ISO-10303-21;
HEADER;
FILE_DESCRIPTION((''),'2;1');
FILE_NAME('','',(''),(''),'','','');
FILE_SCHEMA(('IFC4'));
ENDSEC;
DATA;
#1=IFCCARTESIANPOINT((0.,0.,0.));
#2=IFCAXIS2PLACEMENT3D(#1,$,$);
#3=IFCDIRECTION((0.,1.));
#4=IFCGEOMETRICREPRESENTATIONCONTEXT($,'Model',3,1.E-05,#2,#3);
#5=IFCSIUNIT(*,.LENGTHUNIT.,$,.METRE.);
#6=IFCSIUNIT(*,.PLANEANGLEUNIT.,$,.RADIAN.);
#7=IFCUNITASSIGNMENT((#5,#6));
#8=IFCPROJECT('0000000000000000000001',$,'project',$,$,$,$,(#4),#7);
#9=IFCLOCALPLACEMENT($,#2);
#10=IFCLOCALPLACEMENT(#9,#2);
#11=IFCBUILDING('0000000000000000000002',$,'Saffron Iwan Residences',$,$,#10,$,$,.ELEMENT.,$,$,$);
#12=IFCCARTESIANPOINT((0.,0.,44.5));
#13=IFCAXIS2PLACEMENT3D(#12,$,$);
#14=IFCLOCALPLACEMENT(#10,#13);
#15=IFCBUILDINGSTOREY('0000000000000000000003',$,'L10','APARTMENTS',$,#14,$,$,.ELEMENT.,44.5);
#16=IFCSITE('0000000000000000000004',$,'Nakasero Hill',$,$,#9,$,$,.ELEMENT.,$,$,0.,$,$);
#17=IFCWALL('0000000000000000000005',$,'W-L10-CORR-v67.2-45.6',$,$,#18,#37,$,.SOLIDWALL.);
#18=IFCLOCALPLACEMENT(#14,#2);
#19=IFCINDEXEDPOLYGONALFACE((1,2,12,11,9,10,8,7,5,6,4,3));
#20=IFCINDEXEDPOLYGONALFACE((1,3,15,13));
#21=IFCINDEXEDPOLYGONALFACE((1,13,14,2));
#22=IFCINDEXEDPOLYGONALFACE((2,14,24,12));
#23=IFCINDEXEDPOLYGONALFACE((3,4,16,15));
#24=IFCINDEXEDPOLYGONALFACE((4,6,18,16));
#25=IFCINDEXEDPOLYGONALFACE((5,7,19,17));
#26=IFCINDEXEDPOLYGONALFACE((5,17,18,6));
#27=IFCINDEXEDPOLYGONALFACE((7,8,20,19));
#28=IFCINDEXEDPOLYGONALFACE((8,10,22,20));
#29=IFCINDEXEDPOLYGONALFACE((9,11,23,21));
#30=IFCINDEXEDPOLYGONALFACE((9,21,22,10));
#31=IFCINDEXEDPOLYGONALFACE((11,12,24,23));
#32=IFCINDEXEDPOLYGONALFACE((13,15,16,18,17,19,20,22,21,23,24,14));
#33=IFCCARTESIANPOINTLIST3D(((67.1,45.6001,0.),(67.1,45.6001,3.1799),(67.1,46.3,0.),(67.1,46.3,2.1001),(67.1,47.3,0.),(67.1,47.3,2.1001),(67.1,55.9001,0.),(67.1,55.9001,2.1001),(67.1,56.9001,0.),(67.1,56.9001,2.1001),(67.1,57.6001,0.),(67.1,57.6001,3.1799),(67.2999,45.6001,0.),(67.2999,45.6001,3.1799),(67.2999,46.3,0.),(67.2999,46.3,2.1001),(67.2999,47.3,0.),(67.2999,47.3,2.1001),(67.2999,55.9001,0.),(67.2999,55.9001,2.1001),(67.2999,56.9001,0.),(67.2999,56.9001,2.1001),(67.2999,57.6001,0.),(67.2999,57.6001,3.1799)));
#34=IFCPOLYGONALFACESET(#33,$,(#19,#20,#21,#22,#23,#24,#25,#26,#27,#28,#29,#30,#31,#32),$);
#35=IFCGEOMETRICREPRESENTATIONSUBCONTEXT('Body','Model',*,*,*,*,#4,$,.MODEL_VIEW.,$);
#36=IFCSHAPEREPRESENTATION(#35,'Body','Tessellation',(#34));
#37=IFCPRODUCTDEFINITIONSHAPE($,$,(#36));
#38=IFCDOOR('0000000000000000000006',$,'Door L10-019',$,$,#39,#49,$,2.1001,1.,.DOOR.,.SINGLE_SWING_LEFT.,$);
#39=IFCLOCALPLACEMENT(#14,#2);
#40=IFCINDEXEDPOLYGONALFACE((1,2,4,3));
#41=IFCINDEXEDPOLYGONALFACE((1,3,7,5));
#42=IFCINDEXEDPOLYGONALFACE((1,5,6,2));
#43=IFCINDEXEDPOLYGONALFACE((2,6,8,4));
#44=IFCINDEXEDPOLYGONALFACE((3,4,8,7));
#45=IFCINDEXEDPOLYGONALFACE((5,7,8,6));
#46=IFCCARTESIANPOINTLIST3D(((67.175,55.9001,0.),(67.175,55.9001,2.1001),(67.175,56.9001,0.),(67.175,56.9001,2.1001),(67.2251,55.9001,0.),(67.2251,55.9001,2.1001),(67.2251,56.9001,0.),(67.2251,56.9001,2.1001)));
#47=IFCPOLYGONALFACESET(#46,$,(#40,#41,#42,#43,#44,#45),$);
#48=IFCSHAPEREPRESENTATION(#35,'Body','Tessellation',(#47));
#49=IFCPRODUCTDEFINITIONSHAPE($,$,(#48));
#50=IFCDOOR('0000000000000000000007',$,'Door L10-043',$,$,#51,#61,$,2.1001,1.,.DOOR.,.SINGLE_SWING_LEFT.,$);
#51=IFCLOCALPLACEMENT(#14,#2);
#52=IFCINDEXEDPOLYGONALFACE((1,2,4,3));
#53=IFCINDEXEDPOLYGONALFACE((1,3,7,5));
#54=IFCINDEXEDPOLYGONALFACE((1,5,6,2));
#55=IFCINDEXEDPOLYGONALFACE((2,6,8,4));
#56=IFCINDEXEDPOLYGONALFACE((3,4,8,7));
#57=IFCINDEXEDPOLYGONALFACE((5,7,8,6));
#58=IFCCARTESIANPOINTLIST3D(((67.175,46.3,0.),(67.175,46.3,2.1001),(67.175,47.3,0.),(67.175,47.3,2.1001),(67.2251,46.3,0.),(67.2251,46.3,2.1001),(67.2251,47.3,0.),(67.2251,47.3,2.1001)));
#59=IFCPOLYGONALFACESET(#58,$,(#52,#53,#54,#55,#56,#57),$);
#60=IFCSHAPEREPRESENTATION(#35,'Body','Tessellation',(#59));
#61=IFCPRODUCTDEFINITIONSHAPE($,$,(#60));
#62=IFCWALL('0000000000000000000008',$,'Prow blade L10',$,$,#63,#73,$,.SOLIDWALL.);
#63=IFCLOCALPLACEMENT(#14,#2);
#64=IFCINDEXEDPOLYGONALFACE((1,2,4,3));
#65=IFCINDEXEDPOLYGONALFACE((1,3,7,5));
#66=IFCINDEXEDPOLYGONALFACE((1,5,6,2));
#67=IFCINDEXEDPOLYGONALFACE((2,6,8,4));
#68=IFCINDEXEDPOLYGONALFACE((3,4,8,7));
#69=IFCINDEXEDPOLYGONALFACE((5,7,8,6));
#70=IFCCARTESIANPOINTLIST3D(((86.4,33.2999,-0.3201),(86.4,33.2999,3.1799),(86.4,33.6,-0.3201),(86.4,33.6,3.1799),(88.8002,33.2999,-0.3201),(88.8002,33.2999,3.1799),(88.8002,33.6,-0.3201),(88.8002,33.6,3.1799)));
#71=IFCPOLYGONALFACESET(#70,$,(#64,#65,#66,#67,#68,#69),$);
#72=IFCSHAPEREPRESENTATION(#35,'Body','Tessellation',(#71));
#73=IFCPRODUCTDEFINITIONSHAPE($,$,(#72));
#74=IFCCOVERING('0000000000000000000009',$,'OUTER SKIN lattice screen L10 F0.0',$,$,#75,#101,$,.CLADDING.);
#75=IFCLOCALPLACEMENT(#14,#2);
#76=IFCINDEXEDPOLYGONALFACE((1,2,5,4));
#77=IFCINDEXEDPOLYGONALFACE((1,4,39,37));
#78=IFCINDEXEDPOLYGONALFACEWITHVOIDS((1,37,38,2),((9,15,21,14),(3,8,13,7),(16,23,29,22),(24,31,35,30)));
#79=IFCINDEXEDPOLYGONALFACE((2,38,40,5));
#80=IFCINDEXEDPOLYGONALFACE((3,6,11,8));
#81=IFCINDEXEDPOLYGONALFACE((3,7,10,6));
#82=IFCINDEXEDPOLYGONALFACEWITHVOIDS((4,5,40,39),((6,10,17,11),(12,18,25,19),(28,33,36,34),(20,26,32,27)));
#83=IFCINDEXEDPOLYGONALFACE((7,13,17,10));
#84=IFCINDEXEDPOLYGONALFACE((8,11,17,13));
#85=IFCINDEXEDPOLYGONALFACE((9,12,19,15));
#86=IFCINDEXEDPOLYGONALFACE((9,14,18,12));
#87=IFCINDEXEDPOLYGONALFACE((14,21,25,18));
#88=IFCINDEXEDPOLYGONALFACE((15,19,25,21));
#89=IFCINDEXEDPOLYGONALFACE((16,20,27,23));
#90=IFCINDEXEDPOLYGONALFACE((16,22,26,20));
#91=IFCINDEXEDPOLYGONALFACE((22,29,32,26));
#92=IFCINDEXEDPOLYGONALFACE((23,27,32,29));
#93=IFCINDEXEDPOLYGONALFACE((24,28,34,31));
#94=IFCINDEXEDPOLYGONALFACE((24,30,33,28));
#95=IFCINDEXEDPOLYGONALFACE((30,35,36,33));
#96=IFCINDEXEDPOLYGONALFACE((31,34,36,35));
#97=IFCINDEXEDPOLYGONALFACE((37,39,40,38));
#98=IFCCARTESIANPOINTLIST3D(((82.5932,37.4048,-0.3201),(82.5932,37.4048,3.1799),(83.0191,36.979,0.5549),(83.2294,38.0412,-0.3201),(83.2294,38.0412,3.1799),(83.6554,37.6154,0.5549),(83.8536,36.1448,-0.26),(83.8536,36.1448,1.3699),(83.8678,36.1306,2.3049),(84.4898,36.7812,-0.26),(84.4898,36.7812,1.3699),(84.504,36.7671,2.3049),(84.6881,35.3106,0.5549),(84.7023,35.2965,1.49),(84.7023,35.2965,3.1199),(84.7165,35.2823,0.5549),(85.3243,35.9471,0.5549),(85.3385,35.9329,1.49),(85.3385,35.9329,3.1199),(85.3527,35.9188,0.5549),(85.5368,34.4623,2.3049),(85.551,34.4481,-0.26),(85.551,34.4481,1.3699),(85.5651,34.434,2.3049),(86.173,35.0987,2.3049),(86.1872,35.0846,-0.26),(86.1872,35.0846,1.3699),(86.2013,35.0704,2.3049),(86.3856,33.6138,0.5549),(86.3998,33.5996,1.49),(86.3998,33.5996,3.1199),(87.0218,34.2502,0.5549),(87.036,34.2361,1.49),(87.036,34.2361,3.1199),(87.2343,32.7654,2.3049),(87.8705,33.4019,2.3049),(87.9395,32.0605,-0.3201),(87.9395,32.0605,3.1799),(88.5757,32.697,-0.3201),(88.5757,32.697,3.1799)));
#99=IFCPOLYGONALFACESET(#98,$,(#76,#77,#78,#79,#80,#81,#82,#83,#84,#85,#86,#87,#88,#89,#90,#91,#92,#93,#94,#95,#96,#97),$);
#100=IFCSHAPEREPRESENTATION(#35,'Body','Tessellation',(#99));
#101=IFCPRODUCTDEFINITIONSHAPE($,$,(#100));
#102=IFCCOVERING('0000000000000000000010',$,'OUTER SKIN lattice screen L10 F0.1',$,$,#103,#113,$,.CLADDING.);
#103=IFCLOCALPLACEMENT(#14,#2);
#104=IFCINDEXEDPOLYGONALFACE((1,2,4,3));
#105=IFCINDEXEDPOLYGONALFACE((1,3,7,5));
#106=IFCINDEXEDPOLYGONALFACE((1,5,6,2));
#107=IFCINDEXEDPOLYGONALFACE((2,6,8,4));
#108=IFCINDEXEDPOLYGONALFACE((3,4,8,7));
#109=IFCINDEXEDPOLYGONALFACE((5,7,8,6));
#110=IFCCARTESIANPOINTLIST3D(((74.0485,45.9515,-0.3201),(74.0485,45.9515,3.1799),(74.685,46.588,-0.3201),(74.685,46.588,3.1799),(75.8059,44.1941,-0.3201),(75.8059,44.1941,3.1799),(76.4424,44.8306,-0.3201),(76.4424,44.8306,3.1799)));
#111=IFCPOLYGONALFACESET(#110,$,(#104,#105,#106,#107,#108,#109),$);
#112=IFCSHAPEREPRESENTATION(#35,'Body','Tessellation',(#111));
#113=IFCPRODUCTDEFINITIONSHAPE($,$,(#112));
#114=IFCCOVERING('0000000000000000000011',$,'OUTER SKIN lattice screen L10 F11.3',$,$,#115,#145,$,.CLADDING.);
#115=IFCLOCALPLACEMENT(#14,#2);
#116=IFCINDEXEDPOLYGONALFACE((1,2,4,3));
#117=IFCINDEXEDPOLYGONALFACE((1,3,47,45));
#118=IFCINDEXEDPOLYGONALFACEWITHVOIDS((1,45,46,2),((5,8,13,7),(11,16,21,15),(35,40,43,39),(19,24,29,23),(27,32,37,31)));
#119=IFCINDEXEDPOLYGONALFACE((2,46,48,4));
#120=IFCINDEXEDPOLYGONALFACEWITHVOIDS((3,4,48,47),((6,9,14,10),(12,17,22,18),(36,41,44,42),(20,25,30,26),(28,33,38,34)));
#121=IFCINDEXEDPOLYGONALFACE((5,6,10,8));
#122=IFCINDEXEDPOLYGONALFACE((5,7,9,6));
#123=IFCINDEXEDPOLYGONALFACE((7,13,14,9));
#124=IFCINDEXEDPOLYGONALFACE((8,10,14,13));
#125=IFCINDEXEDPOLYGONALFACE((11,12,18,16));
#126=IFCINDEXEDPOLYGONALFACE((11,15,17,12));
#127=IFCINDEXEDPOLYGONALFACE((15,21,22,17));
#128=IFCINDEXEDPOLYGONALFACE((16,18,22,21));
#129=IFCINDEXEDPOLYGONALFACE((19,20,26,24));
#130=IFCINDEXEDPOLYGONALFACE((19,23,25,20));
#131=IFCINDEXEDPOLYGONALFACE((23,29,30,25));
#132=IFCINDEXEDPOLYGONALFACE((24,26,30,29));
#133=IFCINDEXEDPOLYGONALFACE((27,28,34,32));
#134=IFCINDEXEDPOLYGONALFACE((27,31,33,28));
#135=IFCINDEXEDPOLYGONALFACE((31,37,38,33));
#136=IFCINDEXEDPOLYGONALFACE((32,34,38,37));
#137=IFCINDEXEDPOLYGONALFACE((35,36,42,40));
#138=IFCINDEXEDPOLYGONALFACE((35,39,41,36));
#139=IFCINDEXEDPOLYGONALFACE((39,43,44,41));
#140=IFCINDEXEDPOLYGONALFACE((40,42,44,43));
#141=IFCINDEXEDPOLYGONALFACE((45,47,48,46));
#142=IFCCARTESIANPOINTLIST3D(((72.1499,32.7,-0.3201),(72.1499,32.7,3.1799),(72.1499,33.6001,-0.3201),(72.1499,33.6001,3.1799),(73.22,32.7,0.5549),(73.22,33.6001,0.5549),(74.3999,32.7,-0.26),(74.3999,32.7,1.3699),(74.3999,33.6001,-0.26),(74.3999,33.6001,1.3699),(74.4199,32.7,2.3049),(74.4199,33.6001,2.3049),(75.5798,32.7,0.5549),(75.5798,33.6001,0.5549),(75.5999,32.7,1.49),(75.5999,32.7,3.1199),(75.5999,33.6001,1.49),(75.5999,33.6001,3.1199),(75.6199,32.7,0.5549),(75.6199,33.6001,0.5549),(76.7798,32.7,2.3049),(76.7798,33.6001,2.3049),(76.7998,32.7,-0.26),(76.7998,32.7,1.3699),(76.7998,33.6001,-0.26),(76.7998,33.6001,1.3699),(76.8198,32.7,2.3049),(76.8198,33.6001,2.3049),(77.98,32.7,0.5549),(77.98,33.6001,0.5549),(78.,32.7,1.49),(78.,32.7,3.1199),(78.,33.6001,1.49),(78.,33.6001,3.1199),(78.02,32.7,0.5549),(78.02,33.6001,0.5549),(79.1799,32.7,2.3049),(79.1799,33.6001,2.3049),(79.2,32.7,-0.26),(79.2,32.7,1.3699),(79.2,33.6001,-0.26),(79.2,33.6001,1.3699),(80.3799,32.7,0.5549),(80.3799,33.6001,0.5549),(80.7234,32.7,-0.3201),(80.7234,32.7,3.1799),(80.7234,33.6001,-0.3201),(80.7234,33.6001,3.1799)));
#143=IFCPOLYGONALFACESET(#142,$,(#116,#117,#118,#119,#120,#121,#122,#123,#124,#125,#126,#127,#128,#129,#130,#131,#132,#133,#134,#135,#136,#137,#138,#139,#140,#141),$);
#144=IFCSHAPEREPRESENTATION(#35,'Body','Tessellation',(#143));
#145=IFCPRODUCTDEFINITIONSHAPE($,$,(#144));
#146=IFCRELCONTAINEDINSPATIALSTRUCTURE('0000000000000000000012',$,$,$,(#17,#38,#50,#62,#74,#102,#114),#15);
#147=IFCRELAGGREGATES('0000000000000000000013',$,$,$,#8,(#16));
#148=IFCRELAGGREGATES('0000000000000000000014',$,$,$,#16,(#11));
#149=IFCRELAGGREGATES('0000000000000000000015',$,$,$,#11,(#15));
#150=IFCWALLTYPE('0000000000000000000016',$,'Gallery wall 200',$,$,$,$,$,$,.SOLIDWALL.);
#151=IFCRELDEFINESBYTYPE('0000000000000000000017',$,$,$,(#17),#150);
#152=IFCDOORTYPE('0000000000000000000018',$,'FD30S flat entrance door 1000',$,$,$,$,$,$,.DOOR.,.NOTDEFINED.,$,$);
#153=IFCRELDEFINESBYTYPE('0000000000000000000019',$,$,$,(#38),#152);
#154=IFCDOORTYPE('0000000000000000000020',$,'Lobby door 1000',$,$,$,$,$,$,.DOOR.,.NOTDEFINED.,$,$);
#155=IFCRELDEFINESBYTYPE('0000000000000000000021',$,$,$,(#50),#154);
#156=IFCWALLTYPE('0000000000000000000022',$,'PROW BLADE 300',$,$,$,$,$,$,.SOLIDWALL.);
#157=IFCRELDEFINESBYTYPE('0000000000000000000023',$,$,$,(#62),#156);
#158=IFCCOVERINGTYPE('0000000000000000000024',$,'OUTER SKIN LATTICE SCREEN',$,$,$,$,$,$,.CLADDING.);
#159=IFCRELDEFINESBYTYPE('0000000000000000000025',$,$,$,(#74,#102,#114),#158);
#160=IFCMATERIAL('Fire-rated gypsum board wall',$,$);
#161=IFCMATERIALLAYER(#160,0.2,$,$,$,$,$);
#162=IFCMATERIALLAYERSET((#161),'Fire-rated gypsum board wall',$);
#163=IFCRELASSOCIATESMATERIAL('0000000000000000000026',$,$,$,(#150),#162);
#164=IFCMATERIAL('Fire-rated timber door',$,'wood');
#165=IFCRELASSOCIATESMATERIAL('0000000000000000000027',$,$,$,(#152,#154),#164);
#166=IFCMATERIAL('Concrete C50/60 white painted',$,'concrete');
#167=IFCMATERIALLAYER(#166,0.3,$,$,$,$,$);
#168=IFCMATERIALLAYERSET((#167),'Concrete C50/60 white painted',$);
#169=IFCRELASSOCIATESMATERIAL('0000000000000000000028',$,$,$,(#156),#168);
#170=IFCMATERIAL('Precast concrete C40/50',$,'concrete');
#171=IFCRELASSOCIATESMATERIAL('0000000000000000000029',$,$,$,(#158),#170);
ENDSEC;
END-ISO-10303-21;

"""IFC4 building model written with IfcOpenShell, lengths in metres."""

from ifc_helpers import new_model, si_unit, direction, frame, frame_2d, origin, place, context, subcontext, project, spatial, polyline, rectangle, outline, extrude, material, layer, layer_set, type_object, element, fill, save


model = new_model("IFC4")

# Units and contexts
model_context = context("Model", 3, precision=1e-05, world=origin(), true_north=direction((0.0, 1.0)))
body_context = subcontext(model_context, "Body", "Model", "MODEL_VIEW")
ifc_project = project(units=[si_unit("LENGTHUNIT", "METRE"), si_unit("PLANEANGLEUNIT", "RADIAN")], contexts=[model_context])

# Site, building, storey
site_placement = place(None, origin())
site = spatial("IfcSite", under=ifc_project, at=site_placement, Name="Nakasero Hill", CompositionType="ELEMENT", RefElevation=0.0)
building_placement = place(site_placement, origin())
building = spatial("IfcBuilding", under=site, at=building_placement, Name="Saffron Iwan Residences", CompositionType="ELEMENT")
storey_placement = place(building_placement, frame((0.0, 0.0, 44.5)))
storey = spatial("IfcBuildingStorey", under=building, at=storey_placement, Name="L10", Description="APARTMENTS", CompositionType="ELEMENT", Elevation=44.5)

# Shared definitions
ifc_material_1 = material(Name="Concrete C50/60 white painted", Category="concrete")

# Wall, openings, doors
ifc_material_2 = material(Name="Fire-rated gypsum board wall")
ifc_layer_1 = layer(ifc_material_2, 0.2)
ifc_layer_set_1 = layer_set([ifc_layer_1], Name="Fire-rated gypsum board wall")
wall_type_1 = type_object("IfcWallType", Name="Gallery wall 200", PredefinedType="SOLIDWALL", material=ifc_layer_set_1)
wall_1_placement = place(storey_placement, frame((67.2, 45.6001, 0.0), z_axis=(0.0, 0.0, 1.0), x_axis=(0.0, 1.0, 0.0)))
wall_1 = element("IfcWall", 1, at=wall_1_placement, inside=storey, type_object=wall_type_1, Name="W-L10-CORR-v67.2-45.6", PredefinedType="SOLIDWALL", context=body_context, shape_type="SweptSolid", body=[
    extrude(rectangle(XDim=12.0, YDim=0.2, at=frame_2d((6.0, 0.0))), origin(), (0.0, 0.0, 1.0), 3.1799),
])
opening_1_placement = place(wall_1_placement, frame((10.3, 0.0, 0.0)))
opening_1 = element("IfcOpeningElement", 2, at=opening_1_placement, cuts=wall_1, PredefinedType="OPENING", context=body_context, shape_type="SweptSolid", body=[
    extrude(rectangle(XDim=1.0, YDim=2.1001, at=frame_2d((0.5, 1.05))), frame((0.0, 0.1099, 0.0), z_axis=(0.0, -1.0, 0.0), x_axis=(1.0, 0.0, 0.0)), (0.0, 0.0, 1.0), 0.22),
])
opening_2_placement = place(wall_1_placement, frame((0.7, 0.0, 0.0)))
opening_2 = element("IfcOpeningElement", 3, at=opening_2_placement, cuts=wall_1, PredefinedType="OPENING", context=body_context, shape_type="SweptSolid", body=[
    extrude(rectangle(XDim=1.0, YDim=2.1001, at=frame_2d((0.5, 1.05))), frame((0.0, 0.1099, 0.0), z_axis=(0.0, -1.0, 0.0), x_axis=(1.0, 0.0, 0.0)), (0.0, 0.0, 1.0), 0.22),
])
ifc_material_3 = material(Name="Fire-rated timber door", Category="wood")
door_type_1 = type_object("IfcDoorType", Name="FD30S flat entrance door 1000", OperationType="NOTDEFINED", PredefinedType="DOOR", material=ifc_material_3)
door_1_placement = place(opening_1_placement, origin())
door_1 = element("IfcDoor", 4, at=door_1_placement, inside=storey, type_object=door_type_1, Name="Door L10-019", OperationType="SINGLE_SWING_LEFT", OverallHeight=2.1001, OverallWidth=1.0, PredefinedType="DOOR", context=body_context, shape_type="SweptSolid", body=[
    extrude(rectangle(XDim=1.0, YDim=2.1001, at=frame_2d((0.5, 1.05))), frame((0.0, 0.0249, 0.0), z_axis=(0.0, -1.0, 0.0), x_axis=(1.0, 0.0, 0.0)), (0.0, 0.0, 1.0), 0.05),
])
fill(opening_1, door_1)
door_type_2 = type_object("IfcDoorType", Name="Lobby door 1000", OperationType="NOTDEFINED", PredefinedType="DOOR", material=ifc_material_3)
door_2_placement = place(opening_2_placement, origin())
door_2 = element("IfcDoor", 5, at=door_2_placement, inside=storey, type_object=door_type_2, Name="Door L10-043", OperationType="SINGLE_SWING_LEFT", OverallHeight=2.1001, OverallWidth=1.0, PredefinedType="DOOR", context=body_context, shape_type="SweptSolid", body=[
    extrude(rectangle(XDim=1.0, YDim=2.1001, at=frame_2d((0.5, 1.05))), frame((0.0, 0.0249, 0.0), z_axis=(0.0, -1.0, 0.0), x_axis=(1.0, 0.0, 0.0)), (0.0, 0.0, 1.0), 0.05),
])
fill(opening_2, door_2)

# Wall
ifc_layer_2 = layer(ifc_material_1, 0.3)
ifc_layer_set_2 = layer_set([ifc_layer_2], Name="Concrete C50/60 white painted")
wall_type_2 = type_object("IfcWallType", Name="PROW BLADE 300", PredefinedType="SOLIDWALL", material=ifc_layer_set_2)
wall_2_placement = place(storey_placement, frame((86.3999, 33.45, -0.3201), z_axis=(0.0, 0.0, 1.0), x_axis=(1.0, 0.0, 0.0)))
element("IfcWall", 6, at=wall_2_placement, inside=storey, type_object=wall_type_2, Name="Prow blade L10", PredefinedType="SOLIDWALL", context=body_context, shape_type="SweptSolid", body=[
    extrude(rectangle(XDim=2.4001, YDim=0.3, at=frame_2d((1.2002, 0.0))), origin(), (0.0, 0.0, 1.0), 3.5),
])

# Coverings
ifc_material_4 = material(Name="Precast concrete C40/50", Category="concrete")
covering_type = type_object("IfcCoveringType", Name="OUTER SKIN LATTICE SCREEN", PredefinedType="CLADDING", material=ifc_material_4)
covering_1_placement = place(storey_placement, frame((87.9395, 32.0605, -0.3201), z_axis=(0.706971, 0.707242, 0.0), x_axis=(-0.707242, 0.706971, 0.0)))
element("IfcCovering", 7, at=covering_1_placement, inside=storey, type_object=covering_type, Name="OUTER SKIN lattice screen L10 F0.0", PredefinedType="CLADDING", context=body_context, shape_type="SweptSolid", body=[
    extrude(outline(polyline([(0.0, 0.0), (7.5593, 0.0), (7.5593, 3.5), (0.0, 3.5), (0.0, 0.0)]), holes=[polyline([(2.197, 0.875), (3.3772, 0.0601), (4.5571, 0.875), (3.3772, 1.6899), (2.197, 0.875)]), polyline([(4.5972, 0.875), (5.7771, 0.0601), (6.957, 0.875), (5.7771, 1.6899), (4.5972, 0.875)]), polyline([(0.9971, 2.625), (2.177, 1.8101), (3.3572, 2.625), (2.177, 3.4399), (0.9971, 2.625)]), polyline([(3.3972, 2.625), (4.5771, 1.8101), (5.7571, 2.625), (4.5771, 3.4399), (3.3972, 2.625)])]), origin(), (0.0, 0.0, 1.0), 0.8999),
])
covering_2_placement = place(storey_placement, frame((75.8059, 44.1941, -0.3201), z_axis=(0.707107, 0.707107, 0.0), x_axis=(-0.707107, 0.707107, 0.0)))
element("IfcCovering", 8, at=covering_2_placement, inside=storey, type_object=covering_type, Name="OUTER SKIN lattice screen L10 F0.1", PredefinedType="CLADDING", context=body_context, shape_type="SweptSolid", body=[
    extrude(outline(polyline([(0.0, 0.0), (2.4854, 0.0), (2.4854, 3.5), (0.0, 3.5), (0.0, 0.0)])), origin(), (0.0, 0.0, 1.0), 0.9001),
])
covering_3_placement = place(storey_placement, frame((72.1499, 33.6001, -0.3201), z_axis=(0.0, -1.0, 0.0), x_axis=(1.0, 0.0, 0.0)))
element("IfcCovering", 9, at=covering_3_placement, inside=storey, type_object=covering_type, Name="OUTER SKIN lattice screen L10 F11.3", PredefinedType="CLADDING", context=body_context, shape_type="SweptSolid", body=[
    extrude(outline(polyline([(0.0, 0.0), (8.5735, 0.0), (8.5735, 3.5), (0.0, 3.5), (0.0, 0.0)]), holes=[polyline([(1.0701, 0.875), (2.25, 0.0601), (3.4299, 0.875), (2.25, 1.6899), (1.0701, 0.875)]), polyline([(3.47, 0.875), (4.6499, 0.0601), (5.8301, 0.875), (4.6499, 1.6899), (3.47, 0.875)]), polyline([(5.8701, 0.875), (7.05, 0.0601), (8.23, 0.875), (7.05, 1.6899), (5.8701, 0.875)]), polyline([(2.27, 2.625), (3.45, 1.8101), (4.6299, 2.625), (3.45, 3.4399), (2.27, 2.625)]), polyline([(4.6699, 2.625), (5.8501, 1.8101), (7.03, 2.625), (5.8501, 3.4399), (4.6699, 2.625)])]), origin(), (0.0, 0.0, 1.0), 0.9001),
])

save(model, "model.ifc")
